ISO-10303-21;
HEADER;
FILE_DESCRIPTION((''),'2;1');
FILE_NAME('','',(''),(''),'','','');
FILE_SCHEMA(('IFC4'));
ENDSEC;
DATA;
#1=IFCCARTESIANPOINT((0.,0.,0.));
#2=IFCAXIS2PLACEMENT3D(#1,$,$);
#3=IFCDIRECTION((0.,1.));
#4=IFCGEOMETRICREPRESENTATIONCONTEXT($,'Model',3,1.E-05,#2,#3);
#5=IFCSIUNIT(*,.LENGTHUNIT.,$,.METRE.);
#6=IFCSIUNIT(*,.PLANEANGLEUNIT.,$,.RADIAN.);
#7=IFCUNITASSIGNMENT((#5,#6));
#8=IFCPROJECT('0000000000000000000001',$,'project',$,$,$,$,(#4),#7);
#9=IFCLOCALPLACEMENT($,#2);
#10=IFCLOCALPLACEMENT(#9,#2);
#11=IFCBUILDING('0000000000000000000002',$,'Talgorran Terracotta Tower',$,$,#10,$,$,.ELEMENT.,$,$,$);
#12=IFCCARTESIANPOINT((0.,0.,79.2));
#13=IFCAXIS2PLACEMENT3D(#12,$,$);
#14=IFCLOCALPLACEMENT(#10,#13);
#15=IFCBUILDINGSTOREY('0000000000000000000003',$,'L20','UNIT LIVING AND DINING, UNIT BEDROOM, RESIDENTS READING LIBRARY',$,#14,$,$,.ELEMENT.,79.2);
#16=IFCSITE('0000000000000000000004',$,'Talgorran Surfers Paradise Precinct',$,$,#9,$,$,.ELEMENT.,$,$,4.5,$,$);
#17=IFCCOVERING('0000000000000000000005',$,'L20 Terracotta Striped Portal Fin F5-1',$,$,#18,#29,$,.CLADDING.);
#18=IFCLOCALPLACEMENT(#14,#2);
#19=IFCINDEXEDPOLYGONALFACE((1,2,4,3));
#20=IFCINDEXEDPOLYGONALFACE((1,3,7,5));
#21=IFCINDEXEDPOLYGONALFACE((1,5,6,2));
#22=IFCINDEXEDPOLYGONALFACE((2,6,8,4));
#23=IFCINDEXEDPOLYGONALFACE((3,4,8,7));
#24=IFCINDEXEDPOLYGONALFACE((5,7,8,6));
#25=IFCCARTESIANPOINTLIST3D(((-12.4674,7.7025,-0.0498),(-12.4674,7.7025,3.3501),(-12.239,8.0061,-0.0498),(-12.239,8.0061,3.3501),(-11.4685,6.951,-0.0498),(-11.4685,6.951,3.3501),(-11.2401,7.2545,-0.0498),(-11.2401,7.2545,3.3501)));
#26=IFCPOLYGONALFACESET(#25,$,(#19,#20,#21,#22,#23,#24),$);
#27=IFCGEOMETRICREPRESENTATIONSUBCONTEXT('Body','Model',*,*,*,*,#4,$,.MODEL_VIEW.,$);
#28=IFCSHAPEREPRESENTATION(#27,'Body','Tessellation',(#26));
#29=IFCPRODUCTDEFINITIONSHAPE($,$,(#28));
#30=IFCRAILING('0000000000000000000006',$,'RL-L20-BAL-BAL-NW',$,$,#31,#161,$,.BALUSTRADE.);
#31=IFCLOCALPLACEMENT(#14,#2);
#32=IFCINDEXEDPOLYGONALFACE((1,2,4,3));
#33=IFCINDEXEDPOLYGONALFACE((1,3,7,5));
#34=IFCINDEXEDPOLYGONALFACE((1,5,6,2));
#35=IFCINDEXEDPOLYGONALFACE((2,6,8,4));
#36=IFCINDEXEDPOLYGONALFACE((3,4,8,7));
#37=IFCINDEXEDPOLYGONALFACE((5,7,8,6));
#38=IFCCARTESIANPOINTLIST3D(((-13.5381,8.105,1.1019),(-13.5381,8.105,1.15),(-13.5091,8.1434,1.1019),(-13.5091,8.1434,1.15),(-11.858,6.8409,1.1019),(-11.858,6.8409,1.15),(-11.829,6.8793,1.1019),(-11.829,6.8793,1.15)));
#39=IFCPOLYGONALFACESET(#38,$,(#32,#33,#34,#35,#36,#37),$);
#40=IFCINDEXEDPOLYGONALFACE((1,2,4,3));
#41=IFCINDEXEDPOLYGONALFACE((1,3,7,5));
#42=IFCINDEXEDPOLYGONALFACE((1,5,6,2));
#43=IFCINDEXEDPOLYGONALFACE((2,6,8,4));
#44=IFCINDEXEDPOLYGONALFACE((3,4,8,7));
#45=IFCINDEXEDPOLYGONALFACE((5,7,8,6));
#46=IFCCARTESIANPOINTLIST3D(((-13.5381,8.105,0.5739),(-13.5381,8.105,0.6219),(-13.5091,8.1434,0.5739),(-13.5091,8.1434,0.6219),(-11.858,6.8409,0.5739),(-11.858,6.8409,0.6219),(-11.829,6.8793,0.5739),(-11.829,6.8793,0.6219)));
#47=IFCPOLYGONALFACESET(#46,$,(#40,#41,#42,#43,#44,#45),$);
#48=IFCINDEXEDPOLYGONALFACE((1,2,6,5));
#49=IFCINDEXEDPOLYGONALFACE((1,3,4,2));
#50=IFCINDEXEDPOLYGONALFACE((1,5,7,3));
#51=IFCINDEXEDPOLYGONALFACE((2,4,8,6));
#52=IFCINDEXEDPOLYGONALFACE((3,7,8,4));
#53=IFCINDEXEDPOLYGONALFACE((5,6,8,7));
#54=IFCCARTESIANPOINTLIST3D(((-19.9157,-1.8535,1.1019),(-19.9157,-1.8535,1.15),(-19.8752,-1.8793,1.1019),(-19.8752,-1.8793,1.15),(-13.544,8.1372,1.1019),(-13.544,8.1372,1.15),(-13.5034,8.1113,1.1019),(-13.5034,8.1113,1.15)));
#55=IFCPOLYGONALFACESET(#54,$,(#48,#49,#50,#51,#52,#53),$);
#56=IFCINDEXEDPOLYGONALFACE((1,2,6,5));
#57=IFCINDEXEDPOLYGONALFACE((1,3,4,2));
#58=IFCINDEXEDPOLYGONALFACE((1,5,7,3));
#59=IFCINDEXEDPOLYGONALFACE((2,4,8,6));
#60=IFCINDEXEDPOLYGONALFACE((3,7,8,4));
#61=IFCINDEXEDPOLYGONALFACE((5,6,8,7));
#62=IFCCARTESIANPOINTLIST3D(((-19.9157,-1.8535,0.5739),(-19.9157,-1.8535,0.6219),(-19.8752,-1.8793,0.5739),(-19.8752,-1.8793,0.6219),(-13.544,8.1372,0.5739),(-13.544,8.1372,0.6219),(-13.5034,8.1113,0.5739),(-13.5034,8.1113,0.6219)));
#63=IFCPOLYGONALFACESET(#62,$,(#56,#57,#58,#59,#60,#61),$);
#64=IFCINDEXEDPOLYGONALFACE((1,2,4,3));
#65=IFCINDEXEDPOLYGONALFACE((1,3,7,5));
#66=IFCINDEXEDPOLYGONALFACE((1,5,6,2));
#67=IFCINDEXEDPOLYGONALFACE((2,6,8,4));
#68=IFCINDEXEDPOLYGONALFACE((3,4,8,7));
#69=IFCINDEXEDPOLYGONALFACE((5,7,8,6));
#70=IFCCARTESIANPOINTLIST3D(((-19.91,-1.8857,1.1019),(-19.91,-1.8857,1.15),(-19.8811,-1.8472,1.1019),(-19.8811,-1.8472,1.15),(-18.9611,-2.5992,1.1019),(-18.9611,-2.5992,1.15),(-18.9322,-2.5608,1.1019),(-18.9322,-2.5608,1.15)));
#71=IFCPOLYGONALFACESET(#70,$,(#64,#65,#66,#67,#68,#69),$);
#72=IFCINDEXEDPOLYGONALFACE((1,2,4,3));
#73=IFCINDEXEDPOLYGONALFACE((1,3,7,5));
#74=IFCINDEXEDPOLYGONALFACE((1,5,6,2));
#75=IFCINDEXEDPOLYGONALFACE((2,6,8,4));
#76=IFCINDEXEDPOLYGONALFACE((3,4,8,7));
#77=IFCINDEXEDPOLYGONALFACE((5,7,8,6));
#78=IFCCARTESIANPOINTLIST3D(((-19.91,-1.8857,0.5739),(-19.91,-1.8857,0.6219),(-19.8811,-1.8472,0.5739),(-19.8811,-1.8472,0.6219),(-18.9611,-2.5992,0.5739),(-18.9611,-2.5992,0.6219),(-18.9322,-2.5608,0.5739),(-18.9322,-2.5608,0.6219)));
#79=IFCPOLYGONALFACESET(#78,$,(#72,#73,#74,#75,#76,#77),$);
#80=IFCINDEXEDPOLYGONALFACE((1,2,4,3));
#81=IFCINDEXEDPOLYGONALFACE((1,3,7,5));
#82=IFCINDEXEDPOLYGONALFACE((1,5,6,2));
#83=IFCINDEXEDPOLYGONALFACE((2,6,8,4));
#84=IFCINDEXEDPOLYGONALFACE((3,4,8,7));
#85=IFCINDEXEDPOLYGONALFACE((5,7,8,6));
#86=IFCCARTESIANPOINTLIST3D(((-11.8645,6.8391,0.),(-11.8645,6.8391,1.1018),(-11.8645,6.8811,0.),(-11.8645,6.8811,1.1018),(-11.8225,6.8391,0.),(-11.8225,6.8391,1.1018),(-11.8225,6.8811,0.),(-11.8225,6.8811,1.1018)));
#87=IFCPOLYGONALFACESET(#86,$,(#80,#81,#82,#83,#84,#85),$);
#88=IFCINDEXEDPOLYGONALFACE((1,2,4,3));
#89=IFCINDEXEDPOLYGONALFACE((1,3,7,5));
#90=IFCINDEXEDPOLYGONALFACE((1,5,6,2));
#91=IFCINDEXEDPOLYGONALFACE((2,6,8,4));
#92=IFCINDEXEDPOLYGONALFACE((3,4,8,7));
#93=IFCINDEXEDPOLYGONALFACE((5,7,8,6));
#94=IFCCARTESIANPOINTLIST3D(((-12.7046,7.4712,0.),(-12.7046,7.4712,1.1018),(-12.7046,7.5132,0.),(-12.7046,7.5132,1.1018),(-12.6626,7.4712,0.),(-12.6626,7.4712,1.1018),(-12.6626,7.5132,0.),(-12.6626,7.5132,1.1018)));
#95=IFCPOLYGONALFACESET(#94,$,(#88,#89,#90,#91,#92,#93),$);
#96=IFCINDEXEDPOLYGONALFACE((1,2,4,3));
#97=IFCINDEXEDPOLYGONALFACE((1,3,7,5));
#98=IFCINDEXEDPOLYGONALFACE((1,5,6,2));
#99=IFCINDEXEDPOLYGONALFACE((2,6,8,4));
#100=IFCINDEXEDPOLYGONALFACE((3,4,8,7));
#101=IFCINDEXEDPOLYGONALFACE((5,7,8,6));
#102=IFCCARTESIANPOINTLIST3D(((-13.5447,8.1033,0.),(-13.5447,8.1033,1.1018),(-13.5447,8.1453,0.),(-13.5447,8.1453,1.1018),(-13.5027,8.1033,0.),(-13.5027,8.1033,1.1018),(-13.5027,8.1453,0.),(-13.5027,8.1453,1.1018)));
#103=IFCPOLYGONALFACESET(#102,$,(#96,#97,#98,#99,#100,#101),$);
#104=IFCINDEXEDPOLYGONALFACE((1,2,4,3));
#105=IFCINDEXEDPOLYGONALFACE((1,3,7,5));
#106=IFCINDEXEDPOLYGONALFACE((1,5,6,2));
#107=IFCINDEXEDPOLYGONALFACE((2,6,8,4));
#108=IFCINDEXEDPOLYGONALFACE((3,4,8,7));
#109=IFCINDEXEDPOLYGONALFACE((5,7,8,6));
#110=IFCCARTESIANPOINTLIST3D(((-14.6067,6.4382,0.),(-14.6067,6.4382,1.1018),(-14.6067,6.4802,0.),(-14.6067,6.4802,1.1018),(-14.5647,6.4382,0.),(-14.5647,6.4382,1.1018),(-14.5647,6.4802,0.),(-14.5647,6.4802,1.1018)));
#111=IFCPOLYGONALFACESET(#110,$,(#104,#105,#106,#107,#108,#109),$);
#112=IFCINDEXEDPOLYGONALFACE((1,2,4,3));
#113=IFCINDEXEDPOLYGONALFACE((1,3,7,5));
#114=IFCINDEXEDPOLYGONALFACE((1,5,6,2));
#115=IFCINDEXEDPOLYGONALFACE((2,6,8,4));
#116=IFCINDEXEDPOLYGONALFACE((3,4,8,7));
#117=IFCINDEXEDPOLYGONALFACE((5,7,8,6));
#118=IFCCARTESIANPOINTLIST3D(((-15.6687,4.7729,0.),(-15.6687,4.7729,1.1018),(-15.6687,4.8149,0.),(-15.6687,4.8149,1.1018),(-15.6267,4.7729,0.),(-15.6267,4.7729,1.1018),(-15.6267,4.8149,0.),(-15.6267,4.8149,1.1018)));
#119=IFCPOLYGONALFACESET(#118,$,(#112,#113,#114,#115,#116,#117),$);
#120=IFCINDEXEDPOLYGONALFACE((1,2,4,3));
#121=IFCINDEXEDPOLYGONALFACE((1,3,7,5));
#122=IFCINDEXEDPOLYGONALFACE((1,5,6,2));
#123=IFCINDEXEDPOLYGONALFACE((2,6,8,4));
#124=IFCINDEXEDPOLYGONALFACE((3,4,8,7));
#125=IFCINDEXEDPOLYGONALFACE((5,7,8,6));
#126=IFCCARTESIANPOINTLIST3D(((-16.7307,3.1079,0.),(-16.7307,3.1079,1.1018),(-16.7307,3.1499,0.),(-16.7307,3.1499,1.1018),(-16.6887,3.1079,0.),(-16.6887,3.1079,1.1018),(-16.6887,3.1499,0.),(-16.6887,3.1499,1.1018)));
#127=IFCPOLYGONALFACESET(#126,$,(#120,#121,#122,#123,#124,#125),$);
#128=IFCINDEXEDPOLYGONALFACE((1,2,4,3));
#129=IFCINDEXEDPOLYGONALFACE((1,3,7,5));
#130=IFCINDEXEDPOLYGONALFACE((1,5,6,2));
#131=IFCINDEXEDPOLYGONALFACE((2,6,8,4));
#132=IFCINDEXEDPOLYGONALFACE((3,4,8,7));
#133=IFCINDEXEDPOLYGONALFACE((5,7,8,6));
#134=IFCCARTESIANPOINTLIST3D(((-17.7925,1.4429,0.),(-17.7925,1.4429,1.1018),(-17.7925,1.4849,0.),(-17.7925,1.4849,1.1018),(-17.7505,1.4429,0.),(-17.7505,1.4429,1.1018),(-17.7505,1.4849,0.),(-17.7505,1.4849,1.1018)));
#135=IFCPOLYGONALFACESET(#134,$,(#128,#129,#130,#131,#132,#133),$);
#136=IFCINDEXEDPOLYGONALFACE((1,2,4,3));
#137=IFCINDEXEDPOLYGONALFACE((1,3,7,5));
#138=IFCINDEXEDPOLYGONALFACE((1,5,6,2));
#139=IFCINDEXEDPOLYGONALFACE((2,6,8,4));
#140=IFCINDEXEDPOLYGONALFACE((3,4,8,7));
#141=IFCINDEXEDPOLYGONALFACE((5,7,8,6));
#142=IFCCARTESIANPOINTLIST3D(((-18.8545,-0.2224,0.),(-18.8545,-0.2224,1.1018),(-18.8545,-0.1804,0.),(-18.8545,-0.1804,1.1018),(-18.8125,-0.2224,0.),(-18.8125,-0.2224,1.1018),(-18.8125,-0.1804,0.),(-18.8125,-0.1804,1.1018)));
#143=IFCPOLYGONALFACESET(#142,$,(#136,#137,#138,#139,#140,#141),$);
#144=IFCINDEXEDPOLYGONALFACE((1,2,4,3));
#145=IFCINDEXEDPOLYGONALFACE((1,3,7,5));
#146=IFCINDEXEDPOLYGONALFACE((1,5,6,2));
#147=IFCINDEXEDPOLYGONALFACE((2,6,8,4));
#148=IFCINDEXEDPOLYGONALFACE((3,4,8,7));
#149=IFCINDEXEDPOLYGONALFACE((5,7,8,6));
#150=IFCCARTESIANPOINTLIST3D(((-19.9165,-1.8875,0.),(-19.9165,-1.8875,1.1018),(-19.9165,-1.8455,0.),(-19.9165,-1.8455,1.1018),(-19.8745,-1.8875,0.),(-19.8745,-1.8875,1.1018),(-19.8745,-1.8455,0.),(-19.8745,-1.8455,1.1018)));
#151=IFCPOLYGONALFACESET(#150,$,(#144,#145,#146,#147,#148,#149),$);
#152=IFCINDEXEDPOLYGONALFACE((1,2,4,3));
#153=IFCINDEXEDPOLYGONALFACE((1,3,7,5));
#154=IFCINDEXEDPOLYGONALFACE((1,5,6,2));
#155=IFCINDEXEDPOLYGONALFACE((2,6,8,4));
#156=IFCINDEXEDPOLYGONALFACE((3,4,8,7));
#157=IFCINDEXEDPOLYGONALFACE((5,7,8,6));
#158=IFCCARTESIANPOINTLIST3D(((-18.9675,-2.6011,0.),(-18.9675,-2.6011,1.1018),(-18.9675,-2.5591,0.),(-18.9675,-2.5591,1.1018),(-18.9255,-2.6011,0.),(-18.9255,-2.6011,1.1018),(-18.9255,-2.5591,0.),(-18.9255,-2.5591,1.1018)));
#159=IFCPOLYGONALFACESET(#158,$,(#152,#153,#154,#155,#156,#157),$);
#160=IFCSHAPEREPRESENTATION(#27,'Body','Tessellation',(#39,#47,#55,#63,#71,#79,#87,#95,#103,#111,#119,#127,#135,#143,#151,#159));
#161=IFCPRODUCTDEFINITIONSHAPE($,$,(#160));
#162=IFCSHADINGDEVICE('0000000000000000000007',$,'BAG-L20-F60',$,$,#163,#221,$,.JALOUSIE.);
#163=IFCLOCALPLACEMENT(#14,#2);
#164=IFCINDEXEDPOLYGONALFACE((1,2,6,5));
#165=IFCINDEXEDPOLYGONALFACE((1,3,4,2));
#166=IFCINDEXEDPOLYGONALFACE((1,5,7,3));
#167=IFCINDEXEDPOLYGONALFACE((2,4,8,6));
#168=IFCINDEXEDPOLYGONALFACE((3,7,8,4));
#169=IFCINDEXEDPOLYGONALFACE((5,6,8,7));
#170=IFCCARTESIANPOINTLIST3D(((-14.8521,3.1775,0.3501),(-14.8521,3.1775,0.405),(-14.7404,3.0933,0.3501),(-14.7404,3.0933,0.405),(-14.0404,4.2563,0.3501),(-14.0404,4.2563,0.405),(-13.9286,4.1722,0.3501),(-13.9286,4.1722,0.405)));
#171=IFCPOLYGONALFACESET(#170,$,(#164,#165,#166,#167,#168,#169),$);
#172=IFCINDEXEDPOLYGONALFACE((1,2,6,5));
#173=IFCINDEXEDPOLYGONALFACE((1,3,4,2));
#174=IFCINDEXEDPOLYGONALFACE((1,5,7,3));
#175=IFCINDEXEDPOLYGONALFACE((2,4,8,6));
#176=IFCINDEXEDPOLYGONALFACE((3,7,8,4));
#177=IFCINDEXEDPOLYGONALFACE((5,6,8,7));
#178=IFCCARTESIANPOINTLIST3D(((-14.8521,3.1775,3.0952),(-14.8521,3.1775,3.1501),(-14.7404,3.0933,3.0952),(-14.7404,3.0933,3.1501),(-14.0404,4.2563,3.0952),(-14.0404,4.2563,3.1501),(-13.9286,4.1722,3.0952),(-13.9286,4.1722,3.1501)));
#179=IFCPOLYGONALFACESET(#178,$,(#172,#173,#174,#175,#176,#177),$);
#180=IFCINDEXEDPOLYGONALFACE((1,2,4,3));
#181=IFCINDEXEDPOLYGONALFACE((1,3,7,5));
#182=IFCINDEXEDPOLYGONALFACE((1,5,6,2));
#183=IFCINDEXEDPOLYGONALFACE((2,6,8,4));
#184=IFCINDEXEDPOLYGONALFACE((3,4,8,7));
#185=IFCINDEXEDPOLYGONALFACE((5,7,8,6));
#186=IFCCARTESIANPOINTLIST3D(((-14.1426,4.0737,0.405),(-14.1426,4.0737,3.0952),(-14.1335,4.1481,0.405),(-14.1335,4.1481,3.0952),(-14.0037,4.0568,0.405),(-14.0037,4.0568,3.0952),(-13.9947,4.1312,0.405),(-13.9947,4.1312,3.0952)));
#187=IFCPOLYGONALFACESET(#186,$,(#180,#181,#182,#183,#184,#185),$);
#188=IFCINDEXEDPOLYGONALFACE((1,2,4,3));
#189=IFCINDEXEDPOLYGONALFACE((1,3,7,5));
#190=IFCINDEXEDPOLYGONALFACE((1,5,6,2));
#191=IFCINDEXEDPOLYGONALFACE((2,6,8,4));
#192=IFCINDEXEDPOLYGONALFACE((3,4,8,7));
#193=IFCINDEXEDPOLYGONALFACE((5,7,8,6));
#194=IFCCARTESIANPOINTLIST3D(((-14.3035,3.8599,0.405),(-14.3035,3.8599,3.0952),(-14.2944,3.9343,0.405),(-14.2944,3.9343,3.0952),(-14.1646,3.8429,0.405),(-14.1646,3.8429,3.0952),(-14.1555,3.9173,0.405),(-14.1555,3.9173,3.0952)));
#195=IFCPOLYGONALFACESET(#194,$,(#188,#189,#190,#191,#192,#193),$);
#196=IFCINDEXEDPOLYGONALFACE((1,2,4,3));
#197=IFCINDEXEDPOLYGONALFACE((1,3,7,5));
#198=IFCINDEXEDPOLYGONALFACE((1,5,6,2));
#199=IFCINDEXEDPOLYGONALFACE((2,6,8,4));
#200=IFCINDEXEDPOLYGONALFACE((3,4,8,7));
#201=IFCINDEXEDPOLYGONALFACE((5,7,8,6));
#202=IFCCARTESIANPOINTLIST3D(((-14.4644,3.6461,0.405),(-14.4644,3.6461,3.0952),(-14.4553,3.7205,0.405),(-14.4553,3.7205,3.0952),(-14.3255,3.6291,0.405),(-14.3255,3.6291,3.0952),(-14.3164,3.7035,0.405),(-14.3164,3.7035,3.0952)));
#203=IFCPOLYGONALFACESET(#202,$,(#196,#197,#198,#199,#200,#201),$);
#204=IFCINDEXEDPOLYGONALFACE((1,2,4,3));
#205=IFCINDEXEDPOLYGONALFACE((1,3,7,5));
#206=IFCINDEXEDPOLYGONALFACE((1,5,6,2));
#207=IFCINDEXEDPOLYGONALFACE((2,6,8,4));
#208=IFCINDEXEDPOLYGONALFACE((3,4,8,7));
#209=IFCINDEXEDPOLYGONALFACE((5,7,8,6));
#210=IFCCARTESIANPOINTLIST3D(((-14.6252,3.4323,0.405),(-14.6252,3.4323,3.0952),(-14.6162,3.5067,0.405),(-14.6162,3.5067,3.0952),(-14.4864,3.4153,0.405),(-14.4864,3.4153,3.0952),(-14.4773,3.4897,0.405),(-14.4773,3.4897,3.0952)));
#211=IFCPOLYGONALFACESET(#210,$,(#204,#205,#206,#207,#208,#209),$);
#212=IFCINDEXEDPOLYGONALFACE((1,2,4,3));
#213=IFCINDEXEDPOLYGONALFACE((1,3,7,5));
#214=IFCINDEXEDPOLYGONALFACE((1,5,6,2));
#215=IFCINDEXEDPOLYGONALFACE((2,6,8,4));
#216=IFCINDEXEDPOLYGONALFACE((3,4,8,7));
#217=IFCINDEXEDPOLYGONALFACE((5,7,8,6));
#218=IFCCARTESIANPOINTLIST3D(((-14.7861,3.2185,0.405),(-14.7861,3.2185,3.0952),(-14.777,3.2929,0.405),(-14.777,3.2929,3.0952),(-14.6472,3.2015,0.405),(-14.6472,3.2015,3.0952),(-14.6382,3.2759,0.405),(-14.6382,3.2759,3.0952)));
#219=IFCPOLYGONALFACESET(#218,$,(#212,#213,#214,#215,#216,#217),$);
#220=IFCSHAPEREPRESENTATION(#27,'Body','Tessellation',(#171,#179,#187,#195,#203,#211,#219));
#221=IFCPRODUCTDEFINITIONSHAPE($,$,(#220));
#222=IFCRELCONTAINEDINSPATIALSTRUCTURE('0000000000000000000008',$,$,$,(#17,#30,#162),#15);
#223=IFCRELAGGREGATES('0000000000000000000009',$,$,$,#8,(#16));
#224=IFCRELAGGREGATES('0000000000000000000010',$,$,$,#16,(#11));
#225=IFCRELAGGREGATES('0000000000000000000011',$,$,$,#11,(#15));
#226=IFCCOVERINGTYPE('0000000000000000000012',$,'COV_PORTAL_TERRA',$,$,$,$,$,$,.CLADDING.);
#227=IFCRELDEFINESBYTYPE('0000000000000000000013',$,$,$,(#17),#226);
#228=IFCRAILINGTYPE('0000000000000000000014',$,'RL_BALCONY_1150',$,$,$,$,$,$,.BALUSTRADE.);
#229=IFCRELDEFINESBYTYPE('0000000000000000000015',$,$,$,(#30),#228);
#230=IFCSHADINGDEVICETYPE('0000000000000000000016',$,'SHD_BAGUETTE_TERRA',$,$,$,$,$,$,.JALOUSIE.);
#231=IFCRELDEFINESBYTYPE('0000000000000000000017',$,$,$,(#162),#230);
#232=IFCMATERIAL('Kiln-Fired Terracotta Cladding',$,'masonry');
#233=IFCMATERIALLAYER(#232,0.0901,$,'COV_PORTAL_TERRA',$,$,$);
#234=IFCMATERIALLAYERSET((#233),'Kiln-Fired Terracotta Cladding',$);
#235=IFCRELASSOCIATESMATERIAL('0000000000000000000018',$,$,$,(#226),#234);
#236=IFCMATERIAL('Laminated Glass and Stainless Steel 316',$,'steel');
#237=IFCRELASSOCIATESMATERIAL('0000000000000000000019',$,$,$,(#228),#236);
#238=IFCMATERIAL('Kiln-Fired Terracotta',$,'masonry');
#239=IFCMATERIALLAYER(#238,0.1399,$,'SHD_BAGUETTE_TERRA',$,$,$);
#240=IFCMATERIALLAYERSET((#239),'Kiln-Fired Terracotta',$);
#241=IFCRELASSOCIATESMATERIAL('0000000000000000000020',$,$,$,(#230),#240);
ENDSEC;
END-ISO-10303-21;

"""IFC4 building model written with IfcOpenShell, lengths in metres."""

from ifc_helpers import new_model, si_unit, direction, frame, origin, origin_2d, place, context, subcontext, project, spatial, rectangle, extrude, source, transform, mapped, material, layer, layer_set, type_object, type_shapes, element, save


model = new_model("IFC4")

# Units and contexts
model_context = context("Model", 3, precision=1e-05, world=origin(), true_north=direction((0.0, 1.0)))
body_context = subcontext(model_context, "Body", "Model", "MODEL_VIEW")
ifc_project = project(units=[si_unit("LENGTHUNIT", "METRE"), si_unit("PLANEANGLEUNIT", "RADIAN")], contexts=[model_context])

# Site, building, storey
site_placement = place(None, origin())
site = spatial("IfcSite", under=ifc_project, at=site_placement, Name="Talgorran Surfers Paradise Precinct", CompositionType="ELEMENT", RefElevation=4.5)
building_placement = place(site_placement, origin())
building = spatial("IfcBuilding", under=site, at=building_placement, Name="Talgorran Terracotta Tower", CompositionType="ELEMENT")
storey_placement = place(building_placement, frame((0.0, 0.0, 79.2)))
storey = spatial("IfcBuildingStorey", under=building, at=storey_placement, Name="L20", Description="UNIT LIVING AND DINING, UNIT BEDROOM, RESIDENTS READING LIBRARY", CompositionType="ELEMENT", Elevation=79.2)

# Covering
ifc_material_1 = material(Name="Kiln-Fired Terracotta Cladding", Category="masonry")
ifc_layer_1 = layer(ifc_material_1, 0.0901, Name="COV_PORTAL_TERRA")
ifc_layer_set_1 = layer_set([ifc_layer_1], Name="Kiln-Fired Terracotta Cladding")
covering_type_1 = type_object("IfcCoveringType", Name="COV_PORTAL_TERRA", PredefinedType="CLADDING", material=ifc_layer_set_1)
covering_1_placement = place(storey_placement, frame((-11.8538, 7.4785, -0.0498), z_axis=(0.0, 0.0, 1.0), x_axis=(-0.601243, -0.799066, 0.0)))
element("IfcCovering", 1, at=covering_1_placement, inside=storey, type_object=covering_type_1, Name="L20 Terracotta Striped Portal Fin F5-1", PredefinedType="CLADDING", context=body_context, shape_type="SweptSolid", body=[
    extrude(rectangle(XDim=0.3799, YDim=1.25, at=origin_2d()), origin(), (0.0, 0.0, 1.0), 3.3999),
])

# Railing
ifc_material_2 = material(Name="Laminated Glass and Stainless Steel 316", Category="steel")
railing_type = type_object("IfcRailingType", Name="RL_BALCONY_1150", PredefinedType="BALUSTRADE", material=ifc_material_2)
railing_placement = place(storey_placement, frame((-11.8435, 6.8601, 0.0)))
element("IfcRailing", 2, at=railing_placement, inside=storey, type_object=railing_type, Name="RL-L20-BAL-BAL-NW", PredefinedType="BALUSTRADE", context=body_context, shape_type="SweptSolid", body=[
    extrude(rectangle(XDim=0.0481, YDim=0.0481, at=origin_2d()), frame((0.0, 0.0, 1.126), z_axis=(-0.799079, 0.601225, 0.0), x_axis=(-0.601225, -0.799079, 0.0)), (0.0, 0.0, 1.0), 2.1025),
    extrude(rectangle(XDim=0.0481, YDim=0.0481, at=origin_2d()), frame((0.0, 0.0, 0.5979), z_axis=(-0.799079, 0.601225, 0.0), x_axis=(-0.601225, -0.799079, 0.0)), (0.0, 0.0, 1.0), 2.1025),
    extrude(rectangle(XDim=0.0481, YDim=0.0481, at=origin_2d()), frame((-1.6802, 1.2642, 1.126), z_axis=(-0.537722, -0.843122, 0.0), x_axis=(0.843122, -0.537722, 0.0)), (0.0, 0.0, 1.0), 11.8496),
    extrude(rectangle(XDim=0.0481, YDim=0.0481, at=origin_2d()), frame((-1.6802, 1.2642, 0.5979), z_axis=(-0.537722, -0.843122, 0.0), x_axis=(0.843122, -0.537722, 0.0)), (0.0, 0.0, 1.0), 11.8496),
    extrude(rectangle(XDim=0.0481, YDim=0.0481, at=origin_2d()), frame((-8.052, -8.7266, 1.126), z_axis=(0.799234, -0.601019, 0.0), x_axis=(0.601019, 0.799234, 0.0)), (0.0, 0.0, 1.0), 1.1873),
    extrude(rectangle(XDim=0.0481, YDim=0.0481, at=origin_2d()), frame((-8.052, -8.7266, 0.5979), z_axis=(0.799234, -0.601019, 0.0), x_axis=(0.601019, 0.799234, 0.0)), (0.0, 0.0, 1.0), 1.1873),
    extrude(rectangle(XDim=0.042, YDim=0.042, at=origin_2d()), origin(), (0.0, 0.0, 1.0), 1.1018),
    extrude(rectangle(XDim=0.042, YDim=0.042, at=origin_2d()), frame((-0.8401, 0.6321, 0.0)), (0.0, 0.0, 1.0), 1.1018),
    extrude(rectangle(XDim=0.042, YDim=0.042, at=origin_2d()), frame((-1.6802, 1.2642, 0.0)), (0.0, 0.0, 1.0), 1.1018),
    extrude(rectangle(XDim=0.042, YDim=0.042, at=origin_2d()), frame((-2.7422, -0.4009, 0.0)), (0.0, 0.0, 1.0), 1.1018),
    extrude(rectangle(XDim=0.042, YDim=0.042, at=origin_2d()), frame((-3.8042, -2.0662, 0.0)), (0.0, 0.0, 1.0), 1.1018),
    extrude(rectangle(XDim=0.042, YDim=0.042, at=origin_2d()), frame((-4.8662, -3.7312, 0.0)), (0.0, 0.0, 1.0), 1.1018),
    extrude(rectangle(XDim=0.042, YDim=0.042, at=origin_2d()), frame((-5.928, -5.3962, 0.0)), (0.0, 0.0, 1.0), 1.1018),
    extrude(rectangle(XDim=0.042, YDim=0.042, at=origin_2d()), frame((-6.99, -7.0615, 0.0)), (0.0, 0.0, 1.0), 1.1018),
    extrude(rectangle(XDim=0.042, YDim=0.042, at=origin_2d()), frame((-8.052, -8.7266, 0.0)), (0.0, 0.0, 1.0), 1.1018),
    extrude(rectangle(XDim=0.042, YDim=0.042, at=origin_2d()), frame((-7.103, -9.4402, 0.0)), (0.0, 0.0, 1.0), 1.1018),
])

# Shading device
ifc_material_3 = material(Name="Kiln-Fired Terracotta", Category="masonry")
ifc_layer_2 = layer(ifc_material_3, 0.1399, Name="SHD_BAGUETTE_TERRA")
ifc_layer_set_2 = layer_set([ifc_layer_2], Name="Kiln-Fired Terracotta")
shading_device_type = type_object("IfcShadingDeviceType", Name="SHD_BAGUETTE_TERRA", PredefinedType="JALOUSIE", material=ifc_layer_set_2)
shared_shape_1 = source(origin(), body_context, "Body", "SweptSolid", [
    extrude(rectangle(XDim=1.3501, YDim=0.1399, at=origin_2d()), origin(), (0.0, 0.0, 1.0), 0.0549),
    extrude(rectangle(XDim=1.3501, YDim=0.1399, at=origin_2d()), frame((0.0, 0.0, 2.7451)), (0.0, 0.0, 1.0), 0.0549),
    extrude(rectangle(XDim=0.075, YDim=0.1399, at=origin_2d()), frame((-0.5352, 0.0, 0.0549), z_axis=(0.0, 0.0, 1.0), x_axis=(0.866025, 0.5, 0.0)), (0.0, 0.0, 1.0), 2.6902),
    extrude(rectangle(XDim=0.075, YDim=0.1399, at=origin_2d()), frame((-0.2676, 0.0, 0.0549), z_axis=(0.0, 0.0, 1.0), x_axis=(0.866025, 0.5, 0.0)), (0.0, 0.0, 1.0), 2.6902),
    extrude(rectangle(XDim=0.075, YDim=0.1399, at=origin_2d()), frame((0.0, 0.0, 0.0549), z_axis=(0.0, 0.0, 1.0), x_axis=(0.866025, 0.5, 0.0)), (0.0, 0.0, 1.0), 2.6902),
    extrude(rectangle(XDim=0.075, YDim=0.1399, at=origin_2d()), frame((0.2676, 0.0, 0.0549), z_axis=(0.0, 0.0, 1.0), x_axis=(0.866025, 0.5, 0.0)), (0.0, 0.0, 1.0), 2.6902),
    extrude(rectangle(XDim=0.075, YDim=0.1399, at=origin_2d()), frame((0.5352, 0.0, 0.0549), z_axis=(0.0, 0.0, 1.0), x_axis=(0.866025, 0.5, 0.0)), (0.0, 0.0, 1.0), 2.6902),
])
type_shapes(shading_device_type, [shared_shape_1])
shading_device_placement = place(storey_placement, frame((-14.3904, 3.6748, 0.3501), z_axis=(0.0, 0.0, 1.0), x_axis=(-0.601243, -0.799066, 0.0)))
element("IfcShadingDevice", 3, at=shading_device_placement, inside=storey, type_object=shading_device_type, Name="BAG-L20-F60", PredefinedType="JALOUSIE", context=body_context, shape_type="MappedRepresentation", body=[
    mapped(shared_shape_1, transform((0.0, 0.0, 0.0), scale=1.0)),
])

save(model, "model.ifc")
